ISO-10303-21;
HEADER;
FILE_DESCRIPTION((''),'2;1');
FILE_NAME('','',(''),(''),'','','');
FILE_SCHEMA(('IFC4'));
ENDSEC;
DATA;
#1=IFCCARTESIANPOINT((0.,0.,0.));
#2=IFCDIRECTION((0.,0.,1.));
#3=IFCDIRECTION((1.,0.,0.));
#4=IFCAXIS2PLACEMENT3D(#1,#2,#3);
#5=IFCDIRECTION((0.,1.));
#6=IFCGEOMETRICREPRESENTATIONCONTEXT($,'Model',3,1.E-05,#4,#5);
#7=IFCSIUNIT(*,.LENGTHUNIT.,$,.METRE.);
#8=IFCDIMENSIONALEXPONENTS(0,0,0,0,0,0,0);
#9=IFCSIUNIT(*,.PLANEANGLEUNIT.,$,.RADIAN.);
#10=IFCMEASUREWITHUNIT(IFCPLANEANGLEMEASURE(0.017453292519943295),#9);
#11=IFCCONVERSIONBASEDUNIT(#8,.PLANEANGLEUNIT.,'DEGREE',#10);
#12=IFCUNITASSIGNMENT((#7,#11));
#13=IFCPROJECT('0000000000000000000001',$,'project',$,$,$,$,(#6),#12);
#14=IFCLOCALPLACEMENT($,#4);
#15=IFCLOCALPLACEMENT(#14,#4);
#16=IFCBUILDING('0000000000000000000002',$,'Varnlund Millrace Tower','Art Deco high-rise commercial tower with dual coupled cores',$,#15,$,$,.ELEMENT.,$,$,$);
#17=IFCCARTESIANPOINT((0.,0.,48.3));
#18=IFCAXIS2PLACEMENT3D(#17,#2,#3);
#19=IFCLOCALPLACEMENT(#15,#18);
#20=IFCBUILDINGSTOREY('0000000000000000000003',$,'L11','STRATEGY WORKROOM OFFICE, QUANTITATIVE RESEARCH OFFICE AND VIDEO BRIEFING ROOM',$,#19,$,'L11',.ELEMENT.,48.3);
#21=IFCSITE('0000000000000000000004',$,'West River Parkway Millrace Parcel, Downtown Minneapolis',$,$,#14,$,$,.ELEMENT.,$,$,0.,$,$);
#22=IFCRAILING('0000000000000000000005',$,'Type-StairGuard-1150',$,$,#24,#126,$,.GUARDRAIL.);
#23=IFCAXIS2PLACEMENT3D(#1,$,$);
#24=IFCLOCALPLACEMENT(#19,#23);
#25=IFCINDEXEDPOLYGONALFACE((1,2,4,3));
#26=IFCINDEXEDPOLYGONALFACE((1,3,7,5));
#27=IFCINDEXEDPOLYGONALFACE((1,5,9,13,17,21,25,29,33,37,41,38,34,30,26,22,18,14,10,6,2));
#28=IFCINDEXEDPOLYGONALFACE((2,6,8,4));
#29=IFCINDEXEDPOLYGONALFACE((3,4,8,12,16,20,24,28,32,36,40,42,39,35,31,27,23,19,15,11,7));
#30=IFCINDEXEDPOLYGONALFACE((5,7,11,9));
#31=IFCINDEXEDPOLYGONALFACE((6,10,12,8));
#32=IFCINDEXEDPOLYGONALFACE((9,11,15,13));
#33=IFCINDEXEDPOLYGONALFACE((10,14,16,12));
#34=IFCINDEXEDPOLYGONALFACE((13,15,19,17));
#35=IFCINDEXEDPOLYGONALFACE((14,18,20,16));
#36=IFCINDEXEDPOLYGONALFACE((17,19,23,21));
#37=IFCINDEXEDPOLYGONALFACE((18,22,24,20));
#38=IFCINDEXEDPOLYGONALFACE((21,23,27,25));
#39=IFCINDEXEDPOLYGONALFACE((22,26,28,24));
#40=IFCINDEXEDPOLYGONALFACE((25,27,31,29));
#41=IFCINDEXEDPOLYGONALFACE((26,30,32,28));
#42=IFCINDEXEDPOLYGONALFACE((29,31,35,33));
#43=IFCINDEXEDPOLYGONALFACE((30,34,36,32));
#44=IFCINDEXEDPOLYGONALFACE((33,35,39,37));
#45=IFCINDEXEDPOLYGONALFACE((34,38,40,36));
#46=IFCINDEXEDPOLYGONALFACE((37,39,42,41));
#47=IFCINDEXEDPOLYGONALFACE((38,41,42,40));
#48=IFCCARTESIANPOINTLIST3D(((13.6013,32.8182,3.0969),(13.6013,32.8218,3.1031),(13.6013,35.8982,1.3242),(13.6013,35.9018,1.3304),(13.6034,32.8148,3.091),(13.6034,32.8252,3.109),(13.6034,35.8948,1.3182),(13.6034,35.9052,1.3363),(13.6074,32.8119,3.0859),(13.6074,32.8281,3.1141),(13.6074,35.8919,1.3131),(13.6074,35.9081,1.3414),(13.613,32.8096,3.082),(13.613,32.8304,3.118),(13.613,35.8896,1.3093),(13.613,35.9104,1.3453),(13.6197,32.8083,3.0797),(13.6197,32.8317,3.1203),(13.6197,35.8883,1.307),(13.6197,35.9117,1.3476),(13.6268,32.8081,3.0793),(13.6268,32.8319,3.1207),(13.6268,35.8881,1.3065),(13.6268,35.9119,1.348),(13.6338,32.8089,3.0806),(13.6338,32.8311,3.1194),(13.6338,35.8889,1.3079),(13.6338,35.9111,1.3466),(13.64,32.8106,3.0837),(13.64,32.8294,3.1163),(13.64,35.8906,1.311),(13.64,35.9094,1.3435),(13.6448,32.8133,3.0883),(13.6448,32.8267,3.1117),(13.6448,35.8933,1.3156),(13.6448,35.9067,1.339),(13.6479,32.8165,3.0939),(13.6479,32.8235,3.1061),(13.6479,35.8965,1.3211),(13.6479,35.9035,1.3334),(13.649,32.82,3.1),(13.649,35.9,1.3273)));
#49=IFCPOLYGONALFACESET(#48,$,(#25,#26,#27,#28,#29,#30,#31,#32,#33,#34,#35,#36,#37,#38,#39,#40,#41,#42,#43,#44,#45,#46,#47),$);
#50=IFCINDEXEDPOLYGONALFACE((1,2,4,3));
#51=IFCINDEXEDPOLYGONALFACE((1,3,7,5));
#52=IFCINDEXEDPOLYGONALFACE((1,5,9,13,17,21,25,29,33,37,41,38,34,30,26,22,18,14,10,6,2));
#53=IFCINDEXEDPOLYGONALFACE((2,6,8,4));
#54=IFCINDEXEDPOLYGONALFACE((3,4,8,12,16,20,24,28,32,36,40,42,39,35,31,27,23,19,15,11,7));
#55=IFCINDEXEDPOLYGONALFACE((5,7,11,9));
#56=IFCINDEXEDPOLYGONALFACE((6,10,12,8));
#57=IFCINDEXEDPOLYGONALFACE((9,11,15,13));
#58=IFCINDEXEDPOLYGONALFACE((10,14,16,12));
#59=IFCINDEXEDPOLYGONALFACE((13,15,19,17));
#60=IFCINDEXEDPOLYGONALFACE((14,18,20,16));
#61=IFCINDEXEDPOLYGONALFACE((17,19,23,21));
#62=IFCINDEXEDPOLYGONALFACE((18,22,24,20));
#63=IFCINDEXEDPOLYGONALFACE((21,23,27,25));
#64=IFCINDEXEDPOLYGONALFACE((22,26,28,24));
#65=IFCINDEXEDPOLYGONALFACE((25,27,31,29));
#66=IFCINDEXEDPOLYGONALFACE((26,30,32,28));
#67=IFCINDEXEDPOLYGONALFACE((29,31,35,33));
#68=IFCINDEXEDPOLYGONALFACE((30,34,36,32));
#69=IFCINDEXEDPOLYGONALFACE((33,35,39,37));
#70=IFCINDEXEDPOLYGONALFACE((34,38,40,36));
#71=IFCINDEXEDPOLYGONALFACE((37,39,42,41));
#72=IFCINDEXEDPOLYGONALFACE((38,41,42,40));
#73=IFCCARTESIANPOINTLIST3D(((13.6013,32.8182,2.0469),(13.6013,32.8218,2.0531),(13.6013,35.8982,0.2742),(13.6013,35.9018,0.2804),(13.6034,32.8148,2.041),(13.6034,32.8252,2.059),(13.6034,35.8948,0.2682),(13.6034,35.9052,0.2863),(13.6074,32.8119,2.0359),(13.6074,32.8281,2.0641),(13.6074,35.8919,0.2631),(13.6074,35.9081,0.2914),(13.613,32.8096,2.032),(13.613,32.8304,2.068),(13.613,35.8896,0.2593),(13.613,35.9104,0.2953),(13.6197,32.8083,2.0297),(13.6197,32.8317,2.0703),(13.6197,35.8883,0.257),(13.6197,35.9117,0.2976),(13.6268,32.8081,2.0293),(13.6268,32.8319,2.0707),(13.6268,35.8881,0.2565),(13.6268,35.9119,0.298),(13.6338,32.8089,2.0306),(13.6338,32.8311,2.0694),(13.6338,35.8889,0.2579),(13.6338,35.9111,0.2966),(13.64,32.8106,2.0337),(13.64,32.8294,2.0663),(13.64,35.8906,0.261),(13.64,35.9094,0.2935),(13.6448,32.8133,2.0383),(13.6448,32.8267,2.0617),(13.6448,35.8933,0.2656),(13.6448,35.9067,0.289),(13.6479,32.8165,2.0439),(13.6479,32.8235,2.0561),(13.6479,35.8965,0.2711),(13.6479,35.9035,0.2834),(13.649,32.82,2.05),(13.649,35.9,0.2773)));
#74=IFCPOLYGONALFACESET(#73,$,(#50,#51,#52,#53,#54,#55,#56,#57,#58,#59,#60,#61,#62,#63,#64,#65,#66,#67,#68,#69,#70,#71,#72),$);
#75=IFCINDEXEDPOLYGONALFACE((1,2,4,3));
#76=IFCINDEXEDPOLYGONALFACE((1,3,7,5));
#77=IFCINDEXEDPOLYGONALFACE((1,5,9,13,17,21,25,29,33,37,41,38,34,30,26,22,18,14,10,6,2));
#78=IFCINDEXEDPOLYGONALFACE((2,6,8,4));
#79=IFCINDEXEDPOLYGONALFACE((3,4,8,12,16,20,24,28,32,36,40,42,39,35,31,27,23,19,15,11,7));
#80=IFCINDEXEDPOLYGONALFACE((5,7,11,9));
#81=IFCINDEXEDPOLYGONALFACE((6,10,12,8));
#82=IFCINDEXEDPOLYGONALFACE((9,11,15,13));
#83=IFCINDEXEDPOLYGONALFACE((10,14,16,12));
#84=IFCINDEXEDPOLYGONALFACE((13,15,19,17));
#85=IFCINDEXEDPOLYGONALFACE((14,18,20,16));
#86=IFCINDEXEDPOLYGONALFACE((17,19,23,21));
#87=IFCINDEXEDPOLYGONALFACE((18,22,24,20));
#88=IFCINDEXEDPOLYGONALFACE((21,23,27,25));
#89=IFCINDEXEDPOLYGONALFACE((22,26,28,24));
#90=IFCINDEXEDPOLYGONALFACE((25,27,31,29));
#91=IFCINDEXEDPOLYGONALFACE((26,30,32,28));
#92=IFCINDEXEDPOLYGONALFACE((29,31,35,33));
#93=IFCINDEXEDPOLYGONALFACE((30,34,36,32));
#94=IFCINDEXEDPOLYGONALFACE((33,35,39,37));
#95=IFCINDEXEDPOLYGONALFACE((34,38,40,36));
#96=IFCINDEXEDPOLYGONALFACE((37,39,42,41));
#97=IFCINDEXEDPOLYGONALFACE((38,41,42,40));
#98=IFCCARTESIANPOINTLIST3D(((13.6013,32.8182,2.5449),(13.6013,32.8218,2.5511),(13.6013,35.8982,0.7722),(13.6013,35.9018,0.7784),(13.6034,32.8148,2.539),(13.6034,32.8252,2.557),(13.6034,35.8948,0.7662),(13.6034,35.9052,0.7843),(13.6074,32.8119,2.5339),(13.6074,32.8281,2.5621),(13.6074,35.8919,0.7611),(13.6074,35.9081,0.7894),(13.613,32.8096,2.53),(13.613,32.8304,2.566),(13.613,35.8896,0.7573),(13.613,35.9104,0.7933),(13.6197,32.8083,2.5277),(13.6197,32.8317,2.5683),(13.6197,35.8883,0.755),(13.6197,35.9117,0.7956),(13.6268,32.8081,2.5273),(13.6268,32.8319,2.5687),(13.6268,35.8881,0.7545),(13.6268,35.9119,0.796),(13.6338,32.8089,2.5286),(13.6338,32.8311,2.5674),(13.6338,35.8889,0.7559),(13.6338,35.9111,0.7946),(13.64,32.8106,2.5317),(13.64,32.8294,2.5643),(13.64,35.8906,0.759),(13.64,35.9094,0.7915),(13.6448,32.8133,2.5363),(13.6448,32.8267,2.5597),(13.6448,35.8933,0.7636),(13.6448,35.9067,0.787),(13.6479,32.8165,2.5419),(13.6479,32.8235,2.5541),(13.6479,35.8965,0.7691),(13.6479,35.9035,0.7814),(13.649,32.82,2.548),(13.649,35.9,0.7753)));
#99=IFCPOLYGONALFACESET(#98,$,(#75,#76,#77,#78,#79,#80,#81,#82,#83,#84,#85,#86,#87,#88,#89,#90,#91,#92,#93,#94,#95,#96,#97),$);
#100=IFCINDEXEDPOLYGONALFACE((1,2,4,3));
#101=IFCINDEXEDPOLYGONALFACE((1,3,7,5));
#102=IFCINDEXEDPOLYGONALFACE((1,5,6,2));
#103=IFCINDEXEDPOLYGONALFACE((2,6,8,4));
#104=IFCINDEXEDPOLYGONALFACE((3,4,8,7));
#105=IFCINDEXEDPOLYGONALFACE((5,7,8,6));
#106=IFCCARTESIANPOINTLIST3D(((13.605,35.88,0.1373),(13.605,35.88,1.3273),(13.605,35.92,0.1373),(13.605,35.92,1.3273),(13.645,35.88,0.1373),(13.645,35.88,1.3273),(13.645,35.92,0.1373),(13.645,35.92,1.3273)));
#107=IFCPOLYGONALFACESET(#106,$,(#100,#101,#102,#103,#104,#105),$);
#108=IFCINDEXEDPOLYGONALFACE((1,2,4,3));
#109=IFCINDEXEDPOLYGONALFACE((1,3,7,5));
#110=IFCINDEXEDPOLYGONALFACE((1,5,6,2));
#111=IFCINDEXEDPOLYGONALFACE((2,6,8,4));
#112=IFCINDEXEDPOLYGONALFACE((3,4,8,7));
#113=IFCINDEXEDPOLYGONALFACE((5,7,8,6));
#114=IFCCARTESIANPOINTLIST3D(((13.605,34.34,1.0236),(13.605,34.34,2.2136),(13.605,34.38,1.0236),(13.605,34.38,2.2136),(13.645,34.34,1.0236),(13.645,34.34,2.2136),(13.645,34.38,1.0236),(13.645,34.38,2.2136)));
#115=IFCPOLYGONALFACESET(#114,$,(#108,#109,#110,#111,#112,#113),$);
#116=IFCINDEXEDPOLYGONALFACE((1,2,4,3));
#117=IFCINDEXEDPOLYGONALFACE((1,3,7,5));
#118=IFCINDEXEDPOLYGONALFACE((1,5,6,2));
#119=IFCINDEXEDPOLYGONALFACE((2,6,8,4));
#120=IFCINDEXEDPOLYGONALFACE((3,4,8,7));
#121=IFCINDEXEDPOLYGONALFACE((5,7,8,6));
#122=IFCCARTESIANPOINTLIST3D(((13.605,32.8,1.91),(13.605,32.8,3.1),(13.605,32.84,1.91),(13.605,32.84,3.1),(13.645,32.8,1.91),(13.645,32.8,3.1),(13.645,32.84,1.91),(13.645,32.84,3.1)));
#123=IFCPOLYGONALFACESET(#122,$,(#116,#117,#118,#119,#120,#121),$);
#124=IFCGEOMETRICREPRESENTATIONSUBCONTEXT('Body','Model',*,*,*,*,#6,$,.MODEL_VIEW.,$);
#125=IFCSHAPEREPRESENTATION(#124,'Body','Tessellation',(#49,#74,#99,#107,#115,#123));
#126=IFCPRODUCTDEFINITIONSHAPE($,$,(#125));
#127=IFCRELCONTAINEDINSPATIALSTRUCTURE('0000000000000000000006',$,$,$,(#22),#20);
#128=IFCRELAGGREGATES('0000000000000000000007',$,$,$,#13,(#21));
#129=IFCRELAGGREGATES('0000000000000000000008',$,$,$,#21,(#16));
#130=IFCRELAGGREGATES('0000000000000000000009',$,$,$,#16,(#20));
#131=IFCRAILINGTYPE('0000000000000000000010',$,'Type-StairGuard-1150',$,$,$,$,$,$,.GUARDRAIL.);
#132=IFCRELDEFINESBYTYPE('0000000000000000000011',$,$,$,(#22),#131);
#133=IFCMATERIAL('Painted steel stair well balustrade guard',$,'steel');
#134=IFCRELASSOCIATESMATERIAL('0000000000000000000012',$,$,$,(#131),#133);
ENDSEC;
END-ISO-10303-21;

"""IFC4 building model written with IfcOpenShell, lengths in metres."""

from ifc_helpers import new_model, entity, si_unit, converted_unit, direction, frame, origin_with_axes, origin_2d_with_axis, place, context, subcontext, project, spatial, rectangle, circle, extrude, material, type_object, element, save


model = new_model("IFC4")

# Units and contexts
model_context = context("Model", 3, precision=1e-05, world=origin_with_axes(), true_north=direction((0.0, 1.0)))
body_context = subcontext(model_context, "Body", "Model", "MODEL_VIEW")
ifc_project = project(units=[si_unit("LENGTHUNIT", "METRE"), converted_unit("PLANEANGLEUNIT", "DEGREE", entity("IfcPlaneAngleMeasure", 0.017453292519943295), si_unit("PLANEANGLEUNIT", "RADIAN"), dimensions=[0, 0, 0, 0, 0, 0, 0])], contexts=[model_context])

# Site, building, storey
site_placement = place(None, origin_with_axes())
site = spatial("IfcSite", under=ifc_project, at=site_placement, Name="West River Parkway Millrace Parcel, Downtown Minneapolis", CompositionType="ELEMENT", RefElevation=0.0)
building_placement = place(site_placement, origin_with_axes())
building = spatial("IfcBuilding", under=site, at=building_placement, Name="Varnlund Millrace Tower", Description="Art Deco high-rise commercial tower with dual coupled cores", CompositionType="ELEMENT")
storey_placement = place(building_placement, frame((0.0, 0.0, 48.3), z_axis=(0.0, 0.0, 1.0), x_axis=(1.0, 0.0, 0.0)))
storey = spatial("IfcBuildingStorey", under=building, at=storey_placement, Name="L11", Description="STRATEGY WORKROOM OFFICE, QUANTITATIVE RESEARCH OFFICE AND VIDEO BRIEFING ROOM", LongName="L11", CompositionType="ELEMENT", Elevation=48.3)

# Railing
ifc_material_1 = material(Name="Painted steel stair well balustrade guard", Category="steel")
railing_type_1 = type_object("IfcRailingType", Name="Type-StairGuard-1150", PredefinedType="GUARDRAIL", material=ifc_material_1)
railing_1_placement = place(storey_placement, frame((0.0, 0.0, -48.3), z_axis=(0.0, 0.0, 1.0), x_axis=(1.0, 0.0, 0.0)))
element("IfcRailing", 1, at=railing_1_placement, inside=storey, type_object=railing_type_1, Name="Type-StairGuard-1150", PredefinedType="GUARDRAIL", context=body_context, shape_type="SweptSolid", body=[
    extrude(circle(Radius=0.024, at=origin_2d_with_axis()), frame((13.625, 35.9, 49.6273), z_axis=(0.0, -0.866696, 0.498836), x_axis=(1.0, 0.0, 0.0)), (0.0, 0.0, 1.0), 3.5537),
    extrude(circle(Radius=0.024, at=origin_2d_with_axis()), frame((13.625, 35.9, 48.5773), z_axis=(0.0, -0.866696, 0.498836), x_axis=(1.0, 0.0, 0.0)), (0.0, 0.0, 1.0), 3.5537),
    extrude(circle(Radius=0.024, at=origin_2d_with_axis()), frame((13.625, 35.9, 49.0753), z_axis=(0.0, -0.866696, 0.498836), x_axis=(1.0, 0.0, 0.0)), (0.0, 0.0, 1.0), 3.5537),
    extrude(rectangle(XDim=0.04, YDim=0.04, at=origin_2d_with_axis()), frame((13.625, 35.9, 48.4373), z_axis=(0.0, 0.0, 1.0), x_axis=(1.0, 0.0, 0.0)), (0.0, 0.0, 1.0), 1.19),
    extrude(rectangle(XDim=0.04, YDim=0.04, at=origin_2d_with_axis()), frame((13.625, 34.36, 49.3236), z_axis=(0.0, 0.0, 1.0), x_axis=(1.0, 0.0, 0.0)), (0.0, 0.0, 1.0), 1.19),
    extrude(rectangle(XDim=0.04, YDim=0.04, at=origin_2d_with_axis()), frame((13.625, 32.82, 50.21), z_axis=(0.0, 0.0, 1.0), x_axis=(1.0, 0.0, 0.0)), (0.0, 0.0, 1.0), 1.19),
])

save(model, "model.ifc")
